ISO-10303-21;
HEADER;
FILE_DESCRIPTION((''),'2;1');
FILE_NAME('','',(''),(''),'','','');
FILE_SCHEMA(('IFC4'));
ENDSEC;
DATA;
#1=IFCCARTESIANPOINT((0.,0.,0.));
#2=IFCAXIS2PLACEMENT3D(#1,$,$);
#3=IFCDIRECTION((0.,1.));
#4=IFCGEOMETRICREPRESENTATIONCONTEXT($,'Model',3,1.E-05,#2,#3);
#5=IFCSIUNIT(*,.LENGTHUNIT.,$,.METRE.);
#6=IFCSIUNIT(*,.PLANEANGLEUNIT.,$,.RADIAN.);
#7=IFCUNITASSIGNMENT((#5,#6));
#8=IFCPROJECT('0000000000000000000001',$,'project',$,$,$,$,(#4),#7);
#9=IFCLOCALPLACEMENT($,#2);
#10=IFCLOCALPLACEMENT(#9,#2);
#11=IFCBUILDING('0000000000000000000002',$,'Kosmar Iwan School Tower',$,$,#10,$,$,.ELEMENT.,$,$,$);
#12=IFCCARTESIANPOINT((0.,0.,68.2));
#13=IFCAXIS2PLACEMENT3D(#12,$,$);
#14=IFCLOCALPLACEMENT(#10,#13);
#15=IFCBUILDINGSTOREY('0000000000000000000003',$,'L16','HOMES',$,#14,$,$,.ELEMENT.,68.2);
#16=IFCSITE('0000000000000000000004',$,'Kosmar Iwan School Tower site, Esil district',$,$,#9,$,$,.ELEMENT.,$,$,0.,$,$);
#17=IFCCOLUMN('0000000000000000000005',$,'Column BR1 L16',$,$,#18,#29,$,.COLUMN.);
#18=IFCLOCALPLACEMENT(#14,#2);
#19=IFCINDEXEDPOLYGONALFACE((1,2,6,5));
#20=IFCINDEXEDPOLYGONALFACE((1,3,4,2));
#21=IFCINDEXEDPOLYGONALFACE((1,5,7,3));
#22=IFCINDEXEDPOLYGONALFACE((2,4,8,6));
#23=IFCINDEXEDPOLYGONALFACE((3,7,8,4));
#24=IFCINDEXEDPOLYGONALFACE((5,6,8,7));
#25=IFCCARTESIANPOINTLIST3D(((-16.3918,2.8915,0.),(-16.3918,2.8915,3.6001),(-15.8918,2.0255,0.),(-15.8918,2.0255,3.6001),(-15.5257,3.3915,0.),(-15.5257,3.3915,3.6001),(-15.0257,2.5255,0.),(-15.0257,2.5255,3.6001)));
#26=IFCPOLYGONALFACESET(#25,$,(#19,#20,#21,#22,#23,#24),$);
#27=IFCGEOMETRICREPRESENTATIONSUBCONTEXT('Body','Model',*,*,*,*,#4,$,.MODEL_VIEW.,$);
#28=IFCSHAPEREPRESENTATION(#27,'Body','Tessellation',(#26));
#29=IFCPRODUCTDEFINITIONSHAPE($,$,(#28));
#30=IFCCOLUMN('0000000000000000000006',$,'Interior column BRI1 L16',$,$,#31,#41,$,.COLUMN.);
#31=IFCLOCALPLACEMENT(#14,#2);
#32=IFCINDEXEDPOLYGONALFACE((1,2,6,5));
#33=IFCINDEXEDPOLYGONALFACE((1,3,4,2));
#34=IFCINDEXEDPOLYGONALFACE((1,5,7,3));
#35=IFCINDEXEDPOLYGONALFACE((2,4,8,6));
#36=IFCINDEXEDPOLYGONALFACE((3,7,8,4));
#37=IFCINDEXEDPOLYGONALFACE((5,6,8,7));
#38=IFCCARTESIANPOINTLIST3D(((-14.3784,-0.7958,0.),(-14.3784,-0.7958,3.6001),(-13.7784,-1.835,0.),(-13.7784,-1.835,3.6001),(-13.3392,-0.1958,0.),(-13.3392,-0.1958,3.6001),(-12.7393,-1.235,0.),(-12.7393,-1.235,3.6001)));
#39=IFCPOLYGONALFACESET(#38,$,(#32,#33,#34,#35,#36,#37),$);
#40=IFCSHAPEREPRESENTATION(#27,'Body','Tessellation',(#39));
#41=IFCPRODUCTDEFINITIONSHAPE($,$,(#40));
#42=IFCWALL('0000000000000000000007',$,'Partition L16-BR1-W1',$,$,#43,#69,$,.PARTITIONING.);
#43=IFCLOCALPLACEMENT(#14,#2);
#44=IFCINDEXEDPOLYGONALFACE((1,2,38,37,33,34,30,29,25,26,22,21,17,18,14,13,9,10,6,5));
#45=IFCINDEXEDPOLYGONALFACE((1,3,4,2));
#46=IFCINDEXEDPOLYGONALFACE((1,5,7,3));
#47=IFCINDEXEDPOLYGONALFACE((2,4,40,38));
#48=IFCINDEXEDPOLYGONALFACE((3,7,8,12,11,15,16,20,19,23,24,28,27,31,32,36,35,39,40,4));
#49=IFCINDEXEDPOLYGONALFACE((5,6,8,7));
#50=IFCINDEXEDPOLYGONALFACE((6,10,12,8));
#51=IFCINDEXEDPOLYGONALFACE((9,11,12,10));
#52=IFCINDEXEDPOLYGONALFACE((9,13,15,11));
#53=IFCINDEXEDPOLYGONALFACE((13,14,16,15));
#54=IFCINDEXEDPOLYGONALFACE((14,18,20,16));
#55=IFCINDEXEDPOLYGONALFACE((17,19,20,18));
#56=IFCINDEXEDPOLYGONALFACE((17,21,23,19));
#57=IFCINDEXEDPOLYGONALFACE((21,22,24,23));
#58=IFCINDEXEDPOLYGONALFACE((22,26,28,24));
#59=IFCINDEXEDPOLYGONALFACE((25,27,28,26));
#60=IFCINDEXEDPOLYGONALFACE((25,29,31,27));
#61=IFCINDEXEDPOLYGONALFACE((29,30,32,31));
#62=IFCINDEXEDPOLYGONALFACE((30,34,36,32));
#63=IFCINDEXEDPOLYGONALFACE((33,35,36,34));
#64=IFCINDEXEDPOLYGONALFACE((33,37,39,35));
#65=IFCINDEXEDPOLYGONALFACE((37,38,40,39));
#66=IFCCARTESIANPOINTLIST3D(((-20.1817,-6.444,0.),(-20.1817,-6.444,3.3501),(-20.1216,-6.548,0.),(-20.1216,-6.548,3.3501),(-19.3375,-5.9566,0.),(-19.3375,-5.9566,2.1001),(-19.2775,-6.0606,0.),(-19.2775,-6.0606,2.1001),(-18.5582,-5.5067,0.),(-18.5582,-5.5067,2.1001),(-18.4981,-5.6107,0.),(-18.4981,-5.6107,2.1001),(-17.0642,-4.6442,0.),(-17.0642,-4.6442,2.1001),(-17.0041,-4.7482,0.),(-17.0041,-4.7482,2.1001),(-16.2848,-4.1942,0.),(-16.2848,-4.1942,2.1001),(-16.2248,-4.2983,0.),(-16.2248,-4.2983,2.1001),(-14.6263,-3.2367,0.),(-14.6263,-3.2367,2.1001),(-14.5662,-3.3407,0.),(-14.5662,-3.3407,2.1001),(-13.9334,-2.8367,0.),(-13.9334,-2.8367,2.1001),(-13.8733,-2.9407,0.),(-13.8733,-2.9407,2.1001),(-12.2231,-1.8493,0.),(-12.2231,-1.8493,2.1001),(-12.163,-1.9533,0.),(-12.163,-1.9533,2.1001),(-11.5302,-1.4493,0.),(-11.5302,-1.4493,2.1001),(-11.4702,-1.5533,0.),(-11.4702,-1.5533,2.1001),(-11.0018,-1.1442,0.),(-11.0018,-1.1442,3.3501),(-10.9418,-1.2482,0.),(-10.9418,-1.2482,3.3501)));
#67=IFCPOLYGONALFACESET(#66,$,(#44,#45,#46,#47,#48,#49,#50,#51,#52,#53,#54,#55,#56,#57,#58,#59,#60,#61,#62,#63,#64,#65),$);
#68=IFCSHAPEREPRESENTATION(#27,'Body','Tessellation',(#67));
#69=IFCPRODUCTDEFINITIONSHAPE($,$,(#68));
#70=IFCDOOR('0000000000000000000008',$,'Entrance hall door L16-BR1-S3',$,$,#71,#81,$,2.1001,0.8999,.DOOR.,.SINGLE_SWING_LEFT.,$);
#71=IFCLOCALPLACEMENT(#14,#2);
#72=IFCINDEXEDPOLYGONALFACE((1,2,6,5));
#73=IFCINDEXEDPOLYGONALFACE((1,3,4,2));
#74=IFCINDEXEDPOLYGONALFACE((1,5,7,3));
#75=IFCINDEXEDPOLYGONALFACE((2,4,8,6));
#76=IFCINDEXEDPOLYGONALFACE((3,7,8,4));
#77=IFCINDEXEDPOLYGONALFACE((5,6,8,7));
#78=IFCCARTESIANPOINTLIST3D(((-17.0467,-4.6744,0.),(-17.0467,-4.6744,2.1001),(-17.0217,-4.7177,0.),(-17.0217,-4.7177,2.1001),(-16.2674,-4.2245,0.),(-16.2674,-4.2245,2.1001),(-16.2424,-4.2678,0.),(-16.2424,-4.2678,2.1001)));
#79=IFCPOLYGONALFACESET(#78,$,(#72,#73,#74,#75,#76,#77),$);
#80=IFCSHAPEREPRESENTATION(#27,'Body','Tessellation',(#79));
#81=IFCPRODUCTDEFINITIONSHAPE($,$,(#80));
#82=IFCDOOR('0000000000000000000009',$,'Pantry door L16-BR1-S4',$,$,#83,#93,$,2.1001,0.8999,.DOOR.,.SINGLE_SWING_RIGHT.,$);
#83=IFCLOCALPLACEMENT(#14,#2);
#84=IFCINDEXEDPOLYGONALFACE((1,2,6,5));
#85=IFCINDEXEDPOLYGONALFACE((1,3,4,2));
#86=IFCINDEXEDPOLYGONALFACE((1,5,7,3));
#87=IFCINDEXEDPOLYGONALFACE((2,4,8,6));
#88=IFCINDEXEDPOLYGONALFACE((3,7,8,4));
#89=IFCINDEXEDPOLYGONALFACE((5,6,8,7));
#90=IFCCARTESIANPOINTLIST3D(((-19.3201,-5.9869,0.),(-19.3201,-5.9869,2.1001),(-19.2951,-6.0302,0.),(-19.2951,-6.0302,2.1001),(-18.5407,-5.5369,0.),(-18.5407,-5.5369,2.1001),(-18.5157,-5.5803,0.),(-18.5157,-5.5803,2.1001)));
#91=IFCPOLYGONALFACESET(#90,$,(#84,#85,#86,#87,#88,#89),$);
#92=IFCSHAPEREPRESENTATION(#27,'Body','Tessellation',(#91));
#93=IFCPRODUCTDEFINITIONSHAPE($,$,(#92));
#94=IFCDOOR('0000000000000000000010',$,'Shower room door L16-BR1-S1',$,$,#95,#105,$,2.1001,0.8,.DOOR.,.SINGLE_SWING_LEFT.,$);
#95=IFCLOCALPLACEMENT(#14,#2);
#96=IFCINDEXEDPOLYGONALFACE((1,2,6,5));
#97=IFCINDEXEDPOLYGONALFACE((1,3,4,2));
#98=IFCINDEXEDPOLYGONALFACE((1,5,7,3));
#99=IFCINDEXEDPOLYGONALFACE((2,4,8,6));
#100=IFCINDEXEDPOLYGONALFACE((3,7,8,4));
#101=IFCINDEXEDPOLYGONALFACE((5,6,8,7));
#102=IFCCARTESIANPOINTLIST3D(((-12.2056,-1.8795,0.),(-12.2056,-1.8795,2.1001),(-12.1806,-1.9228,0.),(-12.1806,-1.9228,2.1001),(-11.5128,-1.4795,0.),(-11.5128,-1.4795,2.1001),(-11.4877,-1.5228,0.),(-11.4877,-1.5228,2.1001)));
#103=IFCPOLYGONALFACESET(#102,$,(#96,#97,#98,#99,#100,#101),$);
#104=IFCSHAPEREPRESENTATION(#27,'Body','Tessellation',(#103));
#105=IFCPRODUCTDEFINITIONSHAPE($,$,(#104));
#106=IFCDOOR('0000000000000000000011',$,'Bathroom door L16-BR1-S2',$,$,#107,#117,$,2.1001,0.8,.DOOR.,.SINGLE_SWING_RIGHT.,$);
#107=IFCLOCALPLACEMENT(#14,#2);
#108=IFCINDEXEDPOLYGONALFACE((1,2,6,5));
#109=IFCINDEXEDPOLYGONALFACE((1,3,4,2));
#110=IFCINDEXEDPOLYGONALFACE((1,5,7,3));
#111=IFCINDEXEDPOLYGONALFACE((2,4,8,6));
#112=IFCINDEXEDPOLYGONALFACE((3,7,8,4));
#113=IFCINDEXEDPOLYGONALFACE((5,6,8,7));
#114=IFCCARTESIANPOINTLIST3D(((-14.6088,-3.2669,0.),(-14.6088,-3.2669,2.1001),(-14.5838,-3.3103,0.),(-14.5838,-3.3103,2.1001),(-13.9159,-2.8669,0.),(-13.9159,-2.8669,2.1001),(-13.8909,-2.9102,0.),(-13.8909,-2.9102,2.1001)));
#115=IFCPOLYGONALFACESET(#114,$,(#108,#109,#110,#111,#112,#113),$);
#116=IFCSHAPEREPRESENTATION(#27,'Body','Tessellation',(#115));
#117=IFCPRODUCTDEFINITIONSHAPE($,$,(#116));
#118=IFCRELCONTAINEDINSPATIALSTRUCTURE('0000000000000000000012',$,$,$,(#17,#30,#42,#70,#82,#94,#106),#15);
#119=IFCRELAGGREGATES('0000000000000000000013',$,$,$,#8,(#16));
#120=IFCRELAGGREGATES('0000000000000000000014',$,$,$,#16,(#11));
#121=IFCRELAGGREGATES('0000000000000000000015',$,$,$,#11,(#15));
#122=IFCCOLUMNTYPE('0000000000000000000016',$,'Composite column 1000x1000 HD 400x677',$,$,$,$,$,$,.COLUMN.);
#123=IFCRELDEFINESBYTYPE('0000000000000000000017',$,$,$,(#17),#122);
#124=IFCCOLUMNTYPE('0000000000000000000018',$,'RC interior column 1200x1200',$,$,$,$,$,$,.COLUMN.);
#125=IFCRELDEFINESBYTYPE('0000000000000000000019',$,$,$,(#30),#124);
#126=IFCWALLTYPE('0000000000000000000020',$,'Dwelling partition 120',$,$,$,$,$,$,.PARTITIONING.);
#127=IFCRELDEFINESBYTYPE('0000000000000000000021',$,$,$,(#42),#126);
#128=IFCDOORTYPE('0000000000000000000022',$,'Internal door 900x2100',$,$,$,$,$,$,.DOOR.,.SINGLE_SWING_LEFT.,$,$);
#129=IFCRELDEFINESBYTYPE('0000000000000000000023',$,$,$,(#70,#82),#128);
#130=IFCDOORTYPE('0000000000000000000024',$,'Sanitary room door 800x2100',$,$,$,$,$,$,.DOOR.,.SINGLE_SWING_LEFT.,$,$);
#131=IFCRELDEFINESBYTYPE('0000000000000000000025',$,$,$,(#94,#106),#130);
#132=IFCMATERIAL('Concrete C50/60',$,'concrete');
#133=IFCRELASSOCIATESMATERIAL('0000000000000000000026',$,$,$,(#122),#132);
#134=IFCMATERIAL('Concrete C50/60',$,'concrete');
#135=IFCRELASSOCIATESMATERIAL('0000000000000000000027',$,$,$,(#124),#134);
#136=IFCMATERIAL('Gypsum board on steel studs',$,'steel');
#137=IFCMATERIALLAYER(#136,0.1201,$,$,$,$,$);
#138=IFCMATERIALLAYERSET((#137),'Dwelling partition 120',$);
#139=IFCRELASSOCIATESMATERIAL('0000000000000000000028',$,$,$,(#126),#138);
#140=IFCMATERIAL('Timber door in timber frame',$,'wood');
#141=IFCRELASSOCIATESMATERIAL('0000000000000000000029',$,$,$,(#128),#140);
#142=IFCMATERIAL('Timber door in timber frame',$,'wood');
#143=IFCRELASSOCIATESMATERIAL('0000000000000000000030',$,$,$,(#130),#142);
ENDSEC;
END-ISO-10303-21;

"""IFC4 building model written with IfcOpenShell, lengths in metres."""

from ifc_helpers import new_model, si_unit, direction, frame, frame_2d, origin, origin_2d, place, context, subcontext, project, spatial, rectangle, extrude, material, layer, layer_set, material_profile, profile_set, type_object, element, fill, save


model = new_model("IFC4")

# Units and contexts
model_context = context("Model", 3, precision=1e-05, world=origin(), true_north=direction((0.0, 1.0)))
body_context = subcontext(model_context, "Body", "Model", "MODEL_VIEW")
ifc_project = project(units=[si_unit("LENGTHUNIT", "METRE"), si_unit("PLANEANGLEUNIT", "RADIAN")], contexts=[model_context])

# Site, building, storey
site_placement = place(None, origin())
site = spatial("IfcSite", under=ifc_project, at=site_placement, Name="Kosmar Iwan School Tower site, Esil district", CompositionType="ELEMENT", RefElevation=0.0)
building_placement = place(site_placement, origin())
building = spatial("IfcBuilding", under=site, at=building_placement, Name="Kosmar Iwan School Tower", CompositionType="ELEMENT")
storey_placement = place(building_placement, frame((0.0, 0.0, 68.2)))
storey = spatial("IfcBuildingStorey", under=building, at=storey_placement, Name="L16", Description="HOMES", CompositionType="ELEMENT", Elevation=68.2)

# Columns
ifc_material_1 = material(Name="Concrete C50/60", Category="concrete")
ifc_material_profile_1 = material_profile(ifc_material_1, rectangle(XDim=1.0, YDim=1.0, at=origin_2d()), Name="RC 1000x1000 + HD 400x677")
ifc_profile_set_1 = profile_set([ifc_material_profile_1], Name="Concrete C50/60")
column_type_1 = type_object("IfcColumnType", Name="Composite column 1000x1000 HD 400x677", PredefinedType="COLUMN", material=ifc_profile_set_1)
column_1_placement = place(storey_placement, frame((-15.7087, 2.7085, 0.0), z_axis=(0.0, 0.0, 1.0), x_axis=(-0.866025, -0.5, 0.0)))
element("IfcColumn", 1, at=column_1_placement, inside=storey, type_object=column_type_1, Name="Column BR1 L16", PredefinedType="COLUMN", context=body_context, shape_type="SweptSolid", body=[
    extrude(rectangle(XDim=1.0, YDim=1.0, at=origin_2d()), origin(), (0.0, 0.0, 1.0), 3.6001),
])
ifc_material_2 = material(Name="Concrete C50/60", Category="concrete")
ifc_material_profile_2 = material_profile(ifc_material_2, rectangle(XDim=1.2, YDim=1.2, at=origin_2d()), Name="RC 1200x1200")
ifc_profile_set_2 = profile_set([ifc_material_profile_2], Name="Concrete C50/60")
column_type_2 = type_object("IfcColumnType", Name="RC interior column 1200x1200", PredefinedType="COLUMN", material=ifc_profile_set_2)
column_2_placement = place(storey_placement, frame((-13.5588, -1.0154, 0.0), z_axis=(0.0, 0.0, 1.0), x_axis=(-0.866025, -0.5, 0.0)))
element("IfcColumn", 2, at=column_2_placement, inside=storey, type_object=column_type_2, Name="Interior column BRI1 L16", PredefinedType="COLUMN", context=body_context, shape_type="SweptSolid", body=[
    extrude(rectangle(XDim=1.2, YDim=1.2, at=origin_2d()), origin(), (0.0, 0.0, 1.0), 3.6001),
])

# Wall, openings, doors
ifc_material_3 = material(Name="Gypsum board on steel studs", Category="steel")
ifc_layer = layer(ifc_material_3, 0.1201)
ifc_layer_set = layer_set([ifc_layer], Name="Dwelling partition 120")
wall_type = type_object("IfcWallType", Name="Dwelling partition 120", PredefinedType="PARTITIONING", material=ifc_layer_set)
wall_1_placement = place(storey_placement, frame((-10.9719, -1.1963, 0.0), z_axis=(0.0, 0.0, 1.0), x_axis=(-0.866035, -0.499984, 0.0)))
wall_1 = element("IfcWall", 3, at=wall_1_placement, inside=storey, type_object=wall_type, Name="Partition L16-BR1-W1", PredefinedType="PARTITIONING", context=body_context, shape_type="SweptSolid", body=[
    extrude(rectangle(XDim=10.5999, YDim=0.1201, at=frame_2d((5.2998, 0.0))), origin(), (0.0, 0.0, 1.0), 3.3501),
])
opening_1_placement = place(wall_1_placement, frame((0.6101, 0.0, 0.0)))
opening_1 = element("IfcOpeningElement", 4, at=opening_1_placement, cuts=wall_1, PredefinedType="OPENING", context=body_context, shape_type="SweptSolid", body=[
    extrude(rectangle(XDim=0.8, YDim=2.1001, at=frame_2d((0.3999, 1.05))), frame((0.0, 0.072, 0.0), z_axis=(0.0, -1.0, 0.0), x_axis=(1.0, 0.0, 0.0)), (0.0, 0.0, 1.0), 0.144),
])
opening_2_placement = place(wall_1_placement, frame((3.385, 0.0, 0.0)))
opening_2 = element("IfcOpeningElement", 5, at=opening_2_placement, cuts=wall_1, PredefinedType="OPENING", context=body_context, shape_type="SweptSolid", body=[
    extrude(rectangle(XDim=0.8, YDim=2.1001, at=frame_2d((0.3999, 1.05))), frame((0.0, 0.072, 0.0), z_axis=(0.0, -1.0, 0.0), x_axis=(1.0, 0.0, 0.0)), (0.0, 0.0, 1.0), 0.144),
])
opening_3_placement = place(wall_1_placement, frame((6.1001, 0.0, 0.0)))
opening_3 = element("IfcOpeningElement", 6, at=opening_3_placement, cuts=wall_1, PredefinedType="OPENING", context=body_context, shape_type="SweptSolid", body=[
    extrude(rectangle(XDim=0.8999, YDim=2.1001, at=frame_2d((0.45, 1.05))), frame((0.0, 0.072, 0.0), z_axis=(0.0, -1.0, 0.0), x_axis=(1.0, 0.0, 0.0)), (0.0, 0.0, 1.0), 0.144),
])
opening_4_placement = place(wall_1_placement, frame((8.7251, 0.0, 0.0)))
opening_4 = element("IfcOpeningElement", 7, at=opening_4_placement, cuts=wall_1, PredefinedType="OPENING", context=body_context, shape_type="SweptSolid", body=[
    extrude(rectangle(XDim=0.8999, YDim=2.1001, at=frame_2d((0.45, 1.05))), frame((0.0, 0.072, 0.0), z_axis=(0.0, -1.0, 0.0), x_axis=(1.0, 0.0, 0.0)), (0.0, 0.0, 1.0), 0.144),
])
ifc_material_4 = material(Name="Timber door in timber frame", Category="wood")
door_type_1 = type_object("IfcDoorType", Name="Internal door 900x2100", OperationType="SINGLE_SWING_LEFT", PredefinedType="DOOR", material=ifc_material_4)
door_1_placement = place(opening_3_placement, origin())
door_1 = element("IfcDoor", 8, at=door_1_placement, inside=storey, type_object=door_type_1, Name="Entrance hall door L16-BR1-S3", OperationType="SINGLE_SWING_LEFT", OverallHeight=2.1001, OverallWidth=0.8999, PredefinedType="DOOR", context=body_context, shape_type="SweptSolid", body=[
    extrude(rectangle(XDim=0.8999, YDim=2.1001, at=frame_2d((0.45, 1.05))), frame((0.0, 0.0249, 0.0), z_axis=(0.0, -1.0, 0.0), x_axis=(1.0, 0.0, 0.0)), (0.0, 0.0, 1.0), 0.05),
])
fill(opening_3, door_1)
door_2_placement = place(opening_4_placement, origin())
door_2 = element("IfcDoor", 9, at=door_2_placement, inside=storey, type_object=door_type_1, Name="Pantry door L16-BR1-S4", OperationType="SINGLE_SWING_RIGHT", OverallHeight=2.1001, OverallWidth=0.8999, PredefinedType="DOOR", context=body_context, shape_type="SweptSolid", body=[
    extrude(rectangle(XDim=0.8999, YDim=2.1001, at=frame_2d((0.45, 1.05))), frame((0.0, 0.0249, 0.0), z_axis=(0.0, -1.0, 0.0), x_axis=(1.0, 0.0, 0.0)), (0.0, 0.0, 1.0), 0.05),
])
fill(opening_4, door_2)
ifc_material_5 = material(Name="Timber door in timber frame", Category="wood")
door_type_2 = type_object("IfcDoorType", Name="Sanitary room door 800x2100", OperationType="SINGLE_SWING_LEFT", PredefinedType="DOOR", material=ifc_material_5)
door_3_placement = place(opening_1_placement, origin())
door_3 = element("IfcDoor", 10, at=door_3_placement, inside=storey, type_object=door_type_2, Name="Shower room door L16-BR1-S1", OperationType="SINGLE_SWING_LEFT", OverallHeight=2.1001, OverallWidth=0.8, PredefinedType="DOOR", context=body_context, shape_type="SweptSolid", body=[
    extrude(rectangle(XDim=0.8, YDim=2.1001, at=frame_2d((0.3999, 1.05))), frame((0.0, 0.0249, 0.0), z_axis=(0.0, -1.0, 0.0), x_axis=(1.0, 0.0, 0.0)), (0.0, 0.0, 1.0), 0.05),
])
fill(opening_1, door_3)
door_4_placement = place(opening_2_placement, origin())
door_4 = element("IfcDoor", 11, at=door_4_placement, inside=storey, type_object=door_type_2, Name="Bathroom door L16-BR1-S2", OperationType="SINGLE_SWING_RIGHT", OverallHeight=2.1001, OverallWidth=0.8, PredefinedType="DOOR", context=body_context, shape_type="SweptSolid", body=[
    extrude(rectangle(XDim=0.8, YDim=2.1001, at=frame_2d((0.3999, 1.05))), frame((0.0, 0.0249, 0.0), z_axis=(0.0, -1.0, 0.0), x_axis=(1.0, 0.0, 0.0)), (0.0, 0.0, 1.0), 0.05),
])
fill(opening_2, door_4)

save(model, "model.ifc")
